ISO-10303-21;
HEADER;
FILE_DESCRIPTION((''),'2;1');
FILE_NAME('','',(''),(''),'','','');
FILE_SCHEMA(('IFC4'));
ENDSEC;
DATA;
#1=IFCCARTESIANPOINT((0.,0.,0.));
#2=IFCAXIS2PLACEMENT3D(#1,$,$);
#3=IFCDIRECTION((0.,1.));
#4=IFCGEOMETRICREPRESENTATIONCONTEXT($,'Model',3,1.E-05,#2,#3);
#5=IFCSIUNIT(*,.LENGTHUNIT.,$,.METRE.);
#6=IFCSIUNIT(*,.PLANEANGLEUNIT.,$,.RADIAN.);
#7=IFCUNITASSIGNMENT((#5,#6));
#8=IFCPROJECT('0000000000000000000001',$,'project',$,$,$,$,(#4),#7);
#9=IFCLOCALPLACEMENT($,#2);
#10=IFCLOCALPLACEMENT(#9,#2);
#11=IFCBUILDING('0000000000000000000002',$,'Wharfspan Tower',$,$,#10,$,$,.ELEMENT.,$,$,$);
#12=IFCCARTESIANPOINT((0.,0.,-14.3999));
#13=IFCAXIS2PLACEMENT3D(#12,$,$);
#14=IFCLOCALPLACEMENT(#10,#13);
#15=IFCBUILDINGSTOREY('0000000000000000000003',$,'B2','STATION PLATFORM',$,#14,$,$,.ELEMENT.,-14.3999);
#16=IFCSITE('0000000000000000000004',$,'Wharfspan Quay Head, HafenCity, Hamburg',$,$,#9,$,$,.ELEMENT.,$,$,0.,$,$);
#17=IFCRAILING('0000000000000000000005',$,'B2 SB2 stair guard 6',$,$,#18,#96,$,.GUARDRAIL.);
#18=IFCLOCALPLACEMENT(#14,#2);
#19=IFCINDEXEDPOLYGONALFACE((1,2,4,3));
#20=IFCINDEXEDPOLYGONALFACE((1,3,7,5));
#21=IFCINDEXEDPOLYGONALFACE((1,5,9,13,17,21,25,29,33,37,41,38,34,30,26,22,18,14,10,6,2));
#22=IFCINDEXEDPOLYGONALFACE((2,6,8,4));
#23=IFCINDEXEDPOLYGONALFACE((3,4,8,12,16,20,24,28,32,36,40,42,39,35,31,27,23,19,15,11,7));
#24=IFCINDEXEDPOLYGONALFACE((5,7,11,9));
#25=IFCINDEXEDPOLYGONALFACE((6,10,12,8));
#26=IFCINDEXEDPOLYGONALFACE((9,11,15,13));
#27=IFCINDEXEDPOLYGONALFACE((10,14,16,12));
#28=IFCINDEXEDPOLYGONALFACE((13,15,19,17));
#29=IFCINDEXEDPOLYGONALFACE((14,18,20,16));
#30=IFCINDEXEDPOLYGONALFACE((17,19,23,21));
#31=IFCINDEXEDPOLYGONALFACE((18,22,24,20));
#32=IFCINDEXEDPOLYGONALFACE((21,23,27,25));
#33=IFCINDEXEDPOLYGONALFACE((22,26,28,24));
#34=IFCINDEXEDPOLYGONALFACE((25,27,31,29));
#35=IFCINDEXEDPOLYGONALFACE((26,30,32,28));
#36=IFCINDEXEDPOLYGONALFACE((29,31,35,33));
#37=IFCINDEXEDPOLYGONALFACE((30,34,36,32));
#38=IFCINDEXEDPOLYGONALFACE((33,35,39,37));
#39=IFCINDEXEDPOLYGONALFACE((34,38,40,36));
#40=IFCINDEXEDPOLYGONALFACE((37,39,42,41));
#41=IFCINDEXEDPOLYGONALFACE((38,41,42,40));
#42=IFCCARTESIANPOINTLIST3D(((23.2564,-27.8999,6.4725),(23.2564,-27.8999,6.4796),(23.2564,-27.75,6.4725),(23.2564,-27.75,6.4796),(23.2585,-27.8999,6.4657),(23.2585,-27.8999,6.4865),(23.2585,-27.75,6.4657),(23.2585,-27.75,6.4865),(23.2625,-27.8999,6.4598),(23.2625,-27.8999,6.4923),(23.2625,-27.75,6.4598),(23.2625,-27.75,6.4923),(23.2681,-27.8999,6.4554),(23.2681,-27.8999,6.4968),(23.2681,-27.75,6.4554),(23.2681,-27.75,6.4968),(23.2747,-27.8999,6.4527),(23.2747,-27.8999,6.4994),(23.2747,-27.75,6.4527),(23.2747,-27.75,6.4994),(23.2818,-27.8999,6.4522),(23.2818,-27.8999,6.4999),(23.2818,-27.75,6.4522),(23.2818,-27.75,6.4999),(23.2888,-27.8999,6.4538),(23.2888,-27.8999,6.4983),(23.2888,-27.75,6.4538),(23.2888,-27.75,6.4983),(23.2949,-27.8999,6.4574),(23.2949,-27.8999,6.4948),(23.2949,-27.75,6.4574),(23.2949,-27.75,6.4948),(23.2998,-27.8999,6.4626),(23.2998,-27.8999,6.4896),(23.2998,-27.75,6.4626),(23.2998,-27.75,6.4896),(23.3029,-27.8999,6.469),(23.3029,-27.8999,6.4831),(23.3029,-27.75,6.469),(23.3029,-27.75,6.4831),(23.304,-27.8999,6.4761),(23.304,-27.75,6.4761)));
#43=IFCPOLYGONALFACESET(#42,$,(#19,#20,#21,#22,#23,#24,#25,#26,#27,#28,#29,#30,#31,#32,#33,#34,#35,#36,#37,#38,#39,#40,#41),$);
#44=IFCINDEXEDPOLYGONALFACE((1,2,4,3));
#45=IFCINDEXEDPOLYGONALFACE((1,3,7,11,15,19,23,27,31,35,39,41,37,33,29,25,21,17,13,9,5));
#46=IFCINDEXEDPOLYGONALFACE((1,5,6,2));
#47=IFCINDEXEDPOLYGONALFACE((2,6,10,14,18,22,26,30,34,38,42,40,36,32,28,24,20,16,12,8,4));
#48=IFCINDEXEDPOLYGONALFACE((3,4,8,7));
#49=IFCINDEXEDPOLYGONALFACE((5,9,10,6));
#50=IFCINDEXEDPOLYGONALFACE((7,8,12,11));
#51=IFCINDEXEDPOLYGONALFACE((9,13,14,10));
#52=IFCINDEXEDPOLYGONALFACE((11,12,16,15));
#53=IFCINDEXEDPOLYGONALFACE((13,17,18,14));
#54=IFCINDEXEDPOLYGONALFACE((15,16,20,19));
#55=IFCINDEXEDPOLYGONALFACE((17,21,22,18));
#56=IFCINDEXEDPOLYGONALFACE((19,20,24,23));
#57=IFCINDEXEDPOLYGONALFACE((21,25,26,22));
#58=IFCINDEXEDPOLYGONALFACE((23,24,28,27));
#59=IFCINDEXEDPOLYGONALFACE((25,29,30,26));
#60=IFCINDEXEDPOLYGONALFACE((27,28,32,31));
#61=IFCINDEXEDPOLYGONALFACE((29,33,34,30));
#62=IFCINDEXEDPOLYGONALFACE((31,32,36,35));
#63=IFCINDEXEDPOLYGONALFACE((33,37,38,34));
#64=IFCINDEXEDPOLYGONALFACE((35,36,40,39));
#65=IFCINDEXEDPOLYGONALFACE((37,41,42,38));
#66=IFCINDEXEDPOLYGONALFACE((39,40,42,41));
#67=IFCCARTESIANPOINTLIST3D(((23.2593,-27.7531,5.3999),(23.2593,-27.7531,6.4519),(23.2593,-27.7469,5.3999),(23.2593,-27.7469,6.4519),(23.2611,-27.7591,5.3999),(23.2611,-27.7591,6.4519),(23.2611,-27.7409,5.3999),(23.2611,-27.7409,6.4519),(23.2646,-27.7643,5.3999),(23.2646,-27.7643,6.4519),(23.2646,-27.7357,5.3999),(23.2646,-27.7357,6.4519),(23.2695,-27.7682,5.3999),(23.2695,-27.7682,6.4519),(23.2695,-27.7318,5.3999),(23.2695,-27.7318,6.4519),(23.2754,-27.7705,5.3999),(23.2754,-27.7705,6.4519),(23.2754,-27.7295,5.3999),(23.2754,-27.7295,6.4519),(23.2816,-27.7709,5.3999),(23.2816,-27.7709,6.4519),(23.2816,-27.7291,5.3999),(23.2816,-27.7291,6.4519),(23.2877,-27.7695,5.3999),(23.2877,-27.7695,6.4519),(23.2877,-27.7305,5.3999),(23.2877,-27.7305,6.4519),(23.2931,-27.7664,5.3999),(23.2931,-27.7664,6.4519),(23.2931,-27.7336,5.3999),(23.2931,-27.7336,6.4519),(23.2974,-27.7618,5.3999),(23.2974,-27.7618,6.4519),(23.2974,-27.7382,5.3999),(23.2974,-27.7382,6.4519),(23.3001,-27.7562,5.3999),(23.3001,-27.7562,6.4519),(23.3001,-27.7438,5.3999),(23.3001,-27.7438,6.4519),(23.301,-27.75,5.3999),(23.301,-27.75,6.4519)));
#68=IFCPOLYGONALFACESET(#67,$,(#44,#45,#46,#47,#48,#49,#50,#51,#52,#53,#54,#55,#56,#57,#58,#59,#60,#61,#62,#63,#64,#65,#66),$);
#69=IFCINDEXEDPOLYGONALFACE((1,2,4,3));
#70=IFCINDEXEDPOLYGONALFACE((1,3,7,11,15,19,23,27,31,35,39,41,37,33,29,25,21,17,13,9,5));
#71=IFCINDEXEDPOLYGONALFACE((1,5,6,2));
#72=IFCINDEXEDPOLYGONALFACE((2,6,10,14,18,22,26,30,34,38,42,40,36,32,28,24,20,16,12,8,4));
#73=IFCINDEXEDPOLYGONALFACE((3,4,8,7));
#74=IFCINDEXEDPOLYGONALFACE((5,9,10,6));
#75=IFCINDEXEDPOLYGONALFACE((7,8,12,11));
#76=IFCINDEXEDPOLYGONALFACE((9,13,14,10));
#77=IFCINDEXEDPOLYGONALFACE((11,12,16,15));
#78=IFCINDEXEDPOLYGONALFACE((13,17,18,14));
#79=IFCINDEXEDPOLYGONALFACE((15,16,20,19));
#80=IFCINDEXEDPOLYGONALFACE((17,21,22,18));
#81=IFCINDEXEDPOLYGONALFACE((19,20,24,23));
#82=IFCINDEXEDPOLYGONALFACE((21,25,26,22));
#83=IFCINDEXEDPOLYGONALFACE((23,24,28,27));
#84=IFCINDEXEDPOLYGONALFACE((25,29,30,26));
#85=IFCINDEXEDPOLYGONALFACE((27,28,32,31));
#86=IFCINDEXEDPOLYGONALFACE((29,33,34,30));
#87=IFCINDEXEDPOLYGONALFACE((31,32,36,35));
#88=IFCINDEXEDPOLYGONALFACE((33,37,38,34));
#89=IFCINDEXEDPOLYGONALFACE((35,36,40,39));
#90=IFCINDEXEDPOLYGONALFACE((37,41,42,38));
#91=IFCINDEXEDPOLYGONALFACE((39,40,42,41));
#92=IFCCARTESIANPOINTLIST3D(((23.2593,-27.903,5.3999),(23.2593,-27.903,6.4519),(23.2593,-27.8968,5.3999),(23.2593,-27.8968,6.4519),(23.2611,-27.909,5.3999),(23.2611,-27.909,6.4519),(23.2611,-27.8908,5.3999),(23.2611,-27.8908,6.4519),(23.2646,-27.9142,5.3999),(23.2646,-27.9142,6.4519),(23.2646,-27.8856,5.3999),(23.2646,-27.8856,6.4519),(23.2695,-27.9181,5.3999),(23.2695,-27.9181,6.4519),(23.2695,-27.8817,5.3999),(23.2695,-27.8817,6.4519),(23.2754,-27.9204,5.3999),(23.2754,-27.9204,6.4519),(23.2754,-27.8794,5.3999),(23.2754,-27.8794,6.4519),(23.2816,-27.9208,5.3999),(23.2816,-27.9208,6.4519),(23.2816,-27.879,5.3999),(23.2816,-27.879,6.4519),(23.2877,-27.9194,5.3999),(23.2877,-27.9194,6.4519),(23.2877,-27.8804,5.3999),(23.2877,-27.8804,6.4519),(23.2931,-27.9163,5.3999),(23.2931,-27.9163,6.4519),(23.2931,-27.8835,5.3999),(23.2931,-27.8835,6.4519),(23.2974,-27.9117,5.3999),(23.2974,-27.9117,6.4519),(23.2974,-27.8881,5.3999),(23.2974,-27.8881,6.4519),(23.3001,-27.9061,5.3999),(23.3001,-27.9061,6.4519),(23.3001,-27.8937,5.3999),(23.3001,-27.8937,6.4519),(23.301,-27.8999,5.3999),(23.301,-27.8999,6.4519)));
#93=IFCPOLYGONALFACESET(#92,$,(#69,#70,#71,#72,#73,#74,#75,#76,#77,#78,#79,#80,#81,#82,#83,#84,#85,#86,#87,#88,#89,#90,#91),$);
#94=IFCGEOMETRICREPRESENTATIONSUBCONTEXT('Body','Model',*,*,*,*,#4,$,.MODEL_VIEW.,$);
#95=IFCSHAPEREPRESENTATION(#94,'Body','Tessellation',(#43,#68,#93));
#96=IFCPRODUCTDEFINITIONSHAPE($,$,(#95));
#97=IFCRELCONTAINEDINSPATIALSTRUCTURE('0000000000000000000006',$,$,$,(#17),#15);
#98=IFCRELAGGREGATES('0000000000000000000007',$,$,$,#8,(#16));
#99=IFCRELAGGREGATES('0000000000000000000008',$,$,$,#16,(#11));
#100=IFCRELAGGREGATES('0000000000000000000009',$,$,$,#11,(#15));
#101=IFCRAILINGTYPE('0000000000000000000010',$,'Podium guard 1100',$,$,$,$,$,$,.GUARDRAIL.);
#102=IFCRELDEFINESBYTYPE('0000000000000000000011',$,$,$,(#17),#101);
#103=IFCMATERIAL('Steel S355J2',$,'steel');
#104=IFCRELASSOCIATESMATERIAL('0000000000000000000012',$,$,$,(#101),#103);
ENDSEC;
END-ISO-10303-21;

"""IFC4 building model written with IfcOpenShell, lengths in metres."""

from ifc_helpers import new_model, si_unit, direction, frame, origin, origin_2d, place, context, subcontext, project, spatial, circle, extrude, material, type_object, element, save


model = new_model("IFC4")

# Units and contexts
model_context = context("Model", 3, precision=1e-05, world=origin(), true_north=direction((0.0, 1.0)))
body_context = subcontext(model_context, "Body", "Model", "MODEL_VIEW")
ifc_project = project(units=[si_unit("LENGTHUNIT", "METRE"), si_unit("PLANEANGLEUNIT", "RADIAN")], contexts=[model_context])

# Site, building, storey
site_placement = place(None, origin())
site = spatial("IfcSite", under=ifc_project, at=site_placement, Name="Wharfspan Quay Head, HafenCity, Hamburg", CompositionType="ELEMENT", RefElevation=0.0)
building_placement = place(site_placement, origin())
building = spatial("IfcBuilding", under=site, at=building_placement, Name="Wharfspan Tower", CompositionType="ELEMENT")
storey_placement = place(building_placement, frame((0.0, 0.0, -14.3999)))
storey = spatial("IfcBuildingStorey", under=building, at=storey_placement, Name="B2", Description="STATION PLATFORM", CompositionType="ELEMENT", Elevation=-14.3999)

# Railing
ifc_material_1 = material(Name="Steel S355J2", Category="steel")
railing_type_1 = type_object("IfcRailingType", Name="Podium guard 1100", PredefinedType="GUARDRAIL", material=ifc_material_1)
railing_1_placement = place(storey_placement, frame((23.28, -27.75, 5.3999)))
element("IfcRailing", 1, at=railing_1_placement, inside=storey, type_object=railing_type_1, Name="B2 SB2 stair guard 6", PredefinedType="GUARDRAIL", context=body_context, shape_type="SweptSolid", body=[
    extrude(circle(Radius=0.0239, at=origin_2d()), frame((0.0, 0.0, 1.0762), z_axis=(0.0, -1.0, 0.0), x_axis=(1.0, 0.0, 0.0)), (0.0, 0.0, 1.0), 0.1499),
    extrude(circle(Radius=0.021, at=origin_2d()), origin(), (0.0, 0.0, 1.0), 1.052),
    extrude(circle(Radius=0.021, at=origin_2d()), frame((0.0, -0.1499, 0.0)), (0.0, 0.0, 1.0), 1.052),
])

save(model, "model.ifc")
